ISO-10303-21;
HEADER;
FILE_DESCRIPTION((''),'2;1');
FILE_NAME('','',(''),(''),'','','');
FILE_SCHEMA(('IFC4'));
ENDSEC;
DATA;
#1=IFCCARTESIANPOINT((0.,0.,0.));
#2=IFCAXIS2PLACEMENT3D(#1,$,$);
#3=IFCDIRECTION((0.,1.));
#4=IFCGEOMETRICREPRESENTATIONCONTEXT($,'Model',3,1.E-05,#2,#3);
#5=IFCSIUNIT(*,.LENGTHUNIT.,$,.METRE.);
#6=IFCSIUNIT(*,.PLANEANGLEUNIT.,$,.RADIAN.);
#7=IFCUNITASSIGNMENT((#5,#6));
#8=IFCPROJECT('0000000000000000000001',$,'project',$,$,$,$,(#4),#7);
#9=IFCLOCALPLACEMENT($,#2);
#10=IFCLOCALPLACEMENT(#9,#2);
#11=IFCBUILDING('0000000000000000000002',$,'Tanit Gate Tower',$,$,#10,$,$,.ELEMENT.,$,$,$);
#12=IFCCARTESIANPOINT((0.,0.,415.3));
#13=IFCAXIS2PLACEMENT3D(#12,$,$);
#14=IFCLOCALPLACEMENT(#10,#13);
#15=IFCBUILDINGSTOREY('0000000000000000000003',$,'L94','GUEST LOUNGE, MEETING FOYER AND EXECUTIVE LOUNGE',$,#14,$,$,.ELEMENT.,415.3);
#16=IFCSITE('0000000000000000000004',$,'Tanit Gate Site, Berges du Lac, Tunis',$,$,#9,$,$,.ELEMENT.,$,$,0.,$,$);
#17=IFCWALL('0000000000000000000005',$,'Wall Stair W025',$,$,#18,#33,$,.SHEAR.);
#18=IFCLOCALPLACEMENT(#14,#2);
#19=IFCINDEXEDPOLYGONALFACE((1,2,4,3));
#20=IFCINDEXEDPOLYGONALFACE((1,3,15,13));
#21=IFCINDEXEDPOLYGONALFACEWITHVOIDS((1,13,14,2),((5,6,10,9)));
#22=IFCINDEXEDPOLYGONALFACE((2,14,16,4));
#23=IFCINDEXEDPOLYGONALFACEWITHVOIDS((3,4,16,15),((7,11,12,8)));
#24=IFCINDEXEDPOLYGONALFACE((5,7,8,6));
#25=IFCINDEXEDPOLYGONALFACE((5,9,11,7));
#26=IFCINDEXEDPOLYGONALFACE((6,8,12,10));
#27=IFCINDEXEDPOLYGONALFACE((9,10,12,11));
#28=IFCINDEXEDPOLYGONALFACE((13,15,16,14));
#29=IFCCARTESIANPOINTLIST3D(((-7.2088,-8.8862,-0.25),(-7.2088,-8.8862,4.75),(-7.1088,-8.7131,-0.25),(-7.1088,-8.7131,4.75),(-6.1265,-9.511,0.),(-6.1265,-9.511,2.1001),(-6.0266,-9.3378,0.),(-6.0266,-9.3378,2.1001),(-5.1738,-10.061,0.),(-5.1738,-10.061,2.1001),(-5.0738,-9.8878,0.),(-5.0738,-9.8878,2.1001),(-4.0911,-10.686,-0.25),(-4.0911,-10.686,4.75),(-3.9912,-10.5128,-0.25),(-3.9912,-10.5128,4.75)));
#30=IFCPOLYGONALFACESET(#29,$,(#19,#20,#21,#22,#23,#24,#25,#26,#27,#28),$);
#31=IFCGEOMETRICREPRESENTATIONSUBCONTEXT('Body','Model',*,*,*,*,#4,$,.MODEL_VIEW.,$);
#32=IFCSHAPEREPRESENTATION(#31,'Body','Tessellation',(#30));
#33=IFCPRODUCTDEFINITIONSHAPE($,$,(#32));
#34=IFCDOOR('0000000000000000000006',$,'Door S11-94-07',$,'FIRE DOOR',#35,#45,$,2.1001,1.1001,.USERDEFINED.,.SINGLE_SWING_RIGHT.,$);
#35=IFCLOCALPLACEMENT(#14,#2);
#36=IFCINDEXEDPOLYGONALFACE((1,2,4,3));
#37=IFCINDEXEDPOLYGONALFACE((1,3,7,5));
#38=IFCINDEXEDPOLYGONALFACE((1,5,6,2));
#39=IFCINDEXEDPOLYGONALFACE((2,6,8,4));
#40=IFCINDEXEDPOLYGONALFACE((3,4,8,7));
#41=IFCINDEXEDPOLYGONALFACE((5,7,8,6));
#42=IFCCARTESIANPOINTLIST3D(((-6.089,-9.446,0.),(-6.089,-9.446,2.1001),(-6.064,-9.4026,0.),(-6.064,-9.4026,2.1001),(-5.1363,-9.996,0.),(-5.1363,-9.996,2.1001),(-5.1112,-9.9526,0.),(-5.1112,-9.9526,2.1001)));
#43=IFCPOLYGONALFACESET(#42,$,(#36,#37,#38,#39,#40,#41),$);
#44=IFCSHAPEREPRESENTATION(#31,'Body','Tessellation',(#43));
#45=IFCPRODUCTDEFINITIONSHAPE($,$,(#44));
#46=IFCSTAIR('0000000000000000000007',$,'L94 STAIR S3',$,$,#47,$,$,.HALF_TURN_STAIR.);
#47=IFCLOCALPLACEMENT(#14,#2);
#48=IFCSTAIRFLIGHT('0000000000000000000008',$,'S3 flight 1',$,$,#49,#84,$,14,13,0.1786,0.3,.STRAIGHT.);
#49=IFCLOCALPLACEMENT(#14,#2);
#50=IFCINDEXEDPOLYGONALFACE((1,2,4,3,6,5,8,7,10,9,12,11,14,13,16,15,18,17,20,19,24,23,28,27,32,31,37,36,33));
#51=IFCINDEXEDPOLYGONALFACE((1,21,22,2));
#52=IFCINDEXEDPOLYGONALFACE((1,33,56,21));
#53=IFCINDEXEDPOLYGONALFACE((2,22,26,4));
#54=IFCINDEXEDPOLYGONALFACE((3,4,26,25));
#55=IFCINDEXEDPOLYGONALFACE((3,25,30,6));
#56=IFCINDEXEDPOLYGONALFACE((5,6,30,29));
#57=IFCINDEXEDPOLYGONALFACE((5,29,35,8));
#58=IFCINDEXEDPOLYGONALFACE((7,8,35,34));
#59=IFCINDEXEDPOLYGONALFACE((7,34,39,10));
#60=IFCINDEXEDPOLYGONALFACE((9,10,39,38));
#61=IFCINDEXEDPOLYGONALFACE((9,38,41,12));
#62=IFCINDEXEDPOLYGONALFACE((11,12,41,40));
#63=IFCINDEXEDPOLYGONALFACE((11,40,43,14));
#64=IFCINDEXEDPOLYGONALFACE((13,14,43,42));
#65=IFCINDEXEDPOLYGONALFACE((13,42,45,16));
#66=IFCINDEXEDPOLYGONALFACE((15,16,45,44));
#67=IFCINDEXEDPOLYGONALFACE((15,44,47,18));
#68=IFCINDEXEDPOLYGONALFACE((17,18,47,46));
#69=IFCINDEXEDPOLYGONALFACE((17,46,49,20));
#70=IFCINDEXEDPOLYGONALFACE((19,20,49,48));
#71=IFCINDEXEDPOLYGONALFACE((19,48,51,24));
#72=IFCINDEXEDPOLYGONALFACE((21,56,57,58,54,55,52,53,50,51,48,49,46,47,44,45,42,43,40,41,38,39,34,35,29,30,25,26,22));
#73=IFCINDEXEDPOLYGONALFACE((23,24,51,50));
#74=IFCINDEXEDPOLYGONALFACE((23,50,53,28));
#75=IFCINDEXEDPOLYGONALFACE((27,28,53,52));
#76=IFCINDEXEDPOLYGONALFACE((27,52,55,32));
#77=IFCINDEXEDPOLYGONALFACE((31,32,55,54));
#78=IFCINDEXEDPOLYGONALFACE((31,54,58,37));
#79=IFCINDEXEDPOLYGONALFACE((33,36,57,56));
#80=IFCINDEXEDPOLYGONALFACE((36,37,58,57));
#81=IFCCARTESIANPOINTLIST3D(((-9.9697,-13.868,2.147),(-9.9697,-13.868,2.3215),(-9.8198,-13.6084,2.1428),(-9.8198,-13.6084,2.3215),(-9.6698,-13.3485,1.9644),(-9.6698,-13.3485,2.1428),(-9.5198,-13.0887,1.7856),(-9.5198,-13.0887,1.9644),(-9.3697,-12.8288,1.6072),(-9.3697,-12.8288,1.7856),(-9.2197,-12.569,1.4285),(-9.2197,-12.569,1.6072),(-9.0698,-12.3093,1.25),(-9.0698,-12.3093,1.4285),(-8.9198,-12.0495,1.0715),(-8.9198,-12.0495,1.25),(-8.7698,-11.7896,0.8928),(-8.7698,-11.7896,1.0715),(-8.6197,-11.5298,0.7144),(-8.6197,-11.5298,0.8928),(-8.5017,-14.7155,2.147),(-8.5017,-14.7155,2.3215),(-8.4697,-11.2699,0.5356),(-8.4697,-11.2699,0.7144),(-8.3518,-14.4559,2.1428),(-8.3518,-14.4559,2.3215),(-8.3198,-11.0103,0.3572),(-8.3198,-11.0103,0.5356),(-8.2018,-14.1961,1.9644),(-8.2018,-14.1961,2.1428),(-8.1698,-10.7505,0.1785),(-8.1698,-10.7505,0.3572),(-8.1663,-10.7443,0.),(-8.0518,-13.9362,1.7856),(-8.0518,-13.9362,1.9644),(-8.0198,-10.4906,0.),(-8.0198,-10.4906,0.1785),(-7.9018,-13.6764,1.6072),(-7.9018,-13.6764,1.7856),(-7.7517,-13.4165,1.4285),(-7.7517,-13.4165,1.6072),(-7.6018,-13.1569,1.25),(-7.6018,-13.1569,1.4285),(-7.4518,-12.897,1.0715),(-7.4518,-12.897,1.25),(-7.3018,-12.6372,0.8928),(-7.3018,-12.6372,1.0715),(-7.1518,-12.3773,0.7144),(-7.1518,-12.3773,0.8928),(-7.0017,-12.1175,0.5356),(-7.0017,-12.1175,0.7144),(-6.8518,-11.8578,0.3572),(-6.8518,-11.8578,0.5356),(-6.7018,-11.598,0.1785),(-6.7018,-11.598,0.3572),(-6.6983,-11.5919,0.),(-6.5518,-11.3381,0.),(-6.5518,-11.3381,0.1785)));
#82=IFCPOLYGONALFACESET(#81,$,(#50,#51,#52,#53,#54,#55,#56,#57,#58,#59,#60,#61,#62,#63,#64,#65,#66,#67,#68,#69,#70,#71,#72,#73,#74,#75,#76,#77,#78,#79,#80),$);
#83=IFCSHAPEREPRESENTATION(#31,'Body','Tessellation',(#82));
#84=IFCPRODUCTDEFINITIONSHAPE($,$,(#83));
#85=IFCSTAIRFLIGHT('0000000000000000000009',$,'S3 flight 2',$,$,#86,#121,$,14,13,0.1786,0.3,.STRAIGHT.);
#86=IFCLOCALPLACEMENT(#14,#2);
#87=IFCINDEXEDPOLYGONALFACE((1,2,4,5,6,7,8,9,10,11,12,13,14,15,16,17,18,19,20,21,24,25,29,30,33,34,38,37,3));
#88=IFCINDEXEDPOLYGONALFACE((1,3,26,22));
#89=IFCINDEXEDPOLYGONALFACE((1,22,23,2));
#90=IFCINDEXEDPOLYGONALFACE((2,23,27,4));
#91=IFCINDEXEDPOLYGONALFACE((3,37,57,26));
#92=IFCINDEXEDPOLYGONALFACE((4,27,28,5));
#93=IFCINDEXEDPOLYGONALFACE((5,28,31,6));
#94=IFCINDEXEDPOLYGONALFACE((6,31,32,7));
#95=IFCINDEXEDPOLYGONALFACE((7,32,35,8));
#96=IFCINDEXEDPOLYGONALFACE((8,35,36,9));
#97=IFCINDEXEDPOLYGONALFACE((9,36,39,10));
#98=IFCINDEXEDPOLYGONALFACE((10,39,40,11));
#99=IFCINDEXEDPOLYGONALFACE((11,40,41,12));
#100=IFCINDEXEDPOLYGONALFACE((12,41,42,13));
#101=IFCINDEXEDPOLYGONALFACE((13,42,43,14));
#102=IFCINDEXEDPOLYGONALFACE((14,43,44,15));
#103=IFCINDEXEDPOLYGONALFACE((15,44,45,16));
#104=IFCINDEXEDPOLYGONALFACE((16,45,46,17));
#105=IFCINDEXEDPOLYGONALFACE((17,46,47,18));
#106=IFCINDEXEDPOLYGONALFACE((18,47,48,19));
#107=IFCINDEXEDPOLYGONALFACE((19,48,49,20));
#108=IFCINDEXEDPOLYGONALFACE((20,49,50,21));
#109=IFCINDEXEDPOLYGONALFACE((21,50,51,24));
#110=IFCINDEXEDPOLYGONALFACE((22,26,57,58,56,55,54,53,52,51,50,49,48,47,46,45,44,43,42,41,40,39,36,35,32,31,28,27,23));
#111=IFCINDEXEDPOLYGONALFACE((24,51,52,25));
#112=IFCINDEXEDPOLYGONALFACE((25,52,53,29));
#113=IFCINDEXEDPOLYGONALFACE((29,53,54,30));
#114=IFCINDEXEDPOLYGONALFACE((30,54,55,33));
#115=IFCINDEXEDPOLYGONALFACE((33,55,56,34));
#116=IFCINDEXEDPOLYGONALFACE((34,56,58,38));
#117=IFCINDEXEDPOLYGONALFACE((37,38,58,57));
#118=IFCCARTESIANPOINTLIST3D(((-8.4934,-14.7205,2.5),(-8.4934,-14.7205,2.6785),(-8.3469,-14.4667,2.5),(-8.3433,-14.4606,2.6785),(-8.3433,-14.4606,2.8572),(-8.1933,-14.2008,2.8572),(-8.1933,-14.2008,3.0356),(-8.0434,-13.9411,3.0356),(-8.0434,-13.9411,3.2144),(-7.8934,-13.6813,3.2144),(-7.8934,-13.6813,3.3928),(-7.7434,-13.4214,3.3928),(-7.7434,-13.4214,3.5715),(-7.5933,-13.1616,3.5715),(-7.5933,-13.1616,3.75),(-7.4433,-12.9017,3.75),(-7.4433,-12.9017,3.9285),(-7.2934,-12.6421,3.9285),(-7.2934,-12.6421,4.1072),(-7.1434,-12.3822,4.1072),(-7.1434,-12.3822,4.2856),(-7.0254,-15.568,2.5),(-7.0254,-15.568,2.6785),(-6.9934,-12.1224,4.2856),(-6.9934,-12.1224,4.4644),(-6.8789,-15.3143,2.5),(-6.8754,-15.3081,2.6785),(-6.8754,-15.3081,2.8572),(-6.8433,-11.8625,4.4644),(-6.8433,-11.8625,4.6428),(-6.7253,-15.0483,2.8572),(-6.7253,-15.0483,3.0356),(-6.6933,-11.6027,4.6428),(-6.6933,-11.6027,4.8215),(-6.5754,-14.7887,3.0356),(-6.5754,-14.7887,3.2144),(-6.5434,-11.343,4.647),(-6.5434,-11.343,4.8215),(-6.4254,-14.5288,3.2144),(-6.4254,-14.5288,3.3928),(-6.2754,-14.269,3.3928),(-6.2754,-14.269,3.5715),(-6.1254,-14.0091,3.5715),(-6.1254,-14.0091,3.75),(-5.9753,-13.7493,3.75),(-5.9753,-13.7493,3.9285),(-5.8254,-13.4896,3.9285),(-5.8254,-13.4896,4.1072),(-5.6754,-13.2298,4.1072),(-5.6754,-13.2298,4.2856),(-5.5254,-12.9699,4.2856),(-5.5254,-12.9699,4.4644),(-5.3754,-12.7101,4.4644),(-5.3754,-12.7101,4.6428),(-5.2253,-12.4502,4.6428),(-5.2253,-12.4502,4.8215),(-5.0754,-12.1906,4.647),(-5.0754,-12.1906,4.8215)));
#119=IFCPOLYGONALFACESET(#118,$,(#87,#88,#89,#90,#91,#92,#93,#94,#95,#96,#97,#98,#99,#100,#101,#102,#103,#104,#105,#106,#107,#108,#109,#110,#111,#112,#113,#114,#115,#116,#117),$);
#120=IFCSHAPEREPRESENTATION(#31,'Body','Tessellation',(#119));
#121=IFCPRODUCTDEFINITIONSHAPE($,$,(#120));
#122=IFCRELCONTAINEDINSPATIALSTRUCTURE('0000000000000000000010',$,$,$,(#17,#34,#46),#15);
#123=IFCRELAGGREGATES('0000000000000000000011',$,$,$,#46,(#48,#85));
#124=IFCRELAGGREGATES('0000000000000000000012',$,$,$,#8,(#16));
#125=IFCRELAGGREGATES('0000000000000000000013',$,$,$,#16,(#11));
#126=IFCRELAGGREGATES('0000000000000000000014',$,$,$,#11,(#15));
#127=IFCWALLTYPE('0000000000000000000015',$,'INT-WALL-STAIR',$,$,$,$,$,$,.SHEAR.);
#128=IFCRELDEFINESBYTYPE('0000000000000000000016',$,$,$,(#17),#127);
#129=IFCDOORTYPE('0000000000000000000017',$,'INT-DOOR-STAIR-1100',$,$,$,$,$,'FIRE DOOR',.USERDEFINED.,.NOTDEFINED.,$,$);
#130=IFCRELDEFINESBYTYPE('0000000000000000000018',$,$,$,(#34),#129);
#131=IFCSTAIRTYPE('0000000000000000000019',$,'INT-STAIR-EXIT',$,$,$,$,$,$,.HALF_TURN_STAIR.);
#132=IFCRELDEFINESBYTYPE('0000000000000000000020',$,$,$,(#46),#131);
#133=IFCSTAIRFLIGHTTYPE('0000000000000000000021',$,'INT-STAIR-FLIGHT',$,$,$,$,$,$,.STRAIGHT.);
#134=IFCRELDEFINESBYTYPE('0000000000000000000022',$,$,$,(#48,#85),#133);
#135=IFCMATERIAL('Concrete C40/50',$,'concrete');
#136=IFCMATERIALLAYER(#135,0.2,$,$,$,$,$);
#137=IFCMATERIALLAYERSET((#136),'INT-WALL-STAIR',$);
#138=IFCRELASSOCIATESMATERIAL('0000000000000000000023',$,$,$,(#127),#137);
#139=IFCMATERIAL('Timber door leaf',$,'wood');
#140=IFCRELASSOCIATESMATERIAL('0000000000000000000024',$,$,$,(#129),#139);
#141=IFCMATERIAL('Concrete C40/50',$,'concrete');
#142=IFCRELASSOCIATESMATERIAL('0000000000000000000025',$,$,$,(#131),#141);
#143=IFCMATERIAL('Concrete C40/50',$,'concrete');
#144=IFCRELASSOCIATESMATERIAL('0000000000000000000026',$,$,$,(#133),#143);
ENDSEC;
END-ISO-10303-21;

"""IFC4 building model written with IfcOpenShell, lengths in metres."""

from ifc_helpers import new_model, si_unit, direction, frame, frame_2d, origin, place, context, subcontext, project, spatial, polyline, rectangle, outline, extrude, material, layer, layer_set, type_object, element, fill, aggregate, save


model = new_model("IFC4")

# Units and contexts
model_context = context("Model", 3, precision=1e-05, world=origin(), true_north=direction((0.0, 1.0)))
body_context = subcontext(model_context, "Body", "Model", "MODEL_VIEW")
ifc_project = project(units=[si_unit("LENGTHUNIT", "METRE"), si_unit("PLANEANGLEUNIT", "RADIAN")], contexts=[model_context])

# Site, building, storey
site_placement = place(None, origin())
site = spatial("IfcSite", under=ifc_project, at=site_placement, Name="Tanit Gate Site, Berges du Lac, Tunis", CompositionType="ELEMENT", RefElevation=0.0)
building_placement = place(site_placement, origin())
building = spatial("IfcBuilding", under=site, at=building_placement, Name="Tanit Gate Tower", CompositionType="ELEMENT")
storey_placement = place(building_placement, frame((0.0, 0.0, 415.3)))
storey = spatial("IfcBuildingStorey", under=building, at=storey_placement, Name="L94", Description="GUEST LOUNGE, MEETING FOYER AND EXECUTIVE LOUNGE", CompositionType="ELEMENT", Elevation=415.3)

# Shared definitions
ifc_material_1 = material(Name="Concrete C40/50", Category="concrete")
ifc_layer_1 = layer(ifc_material_1, 0.2)
ifc_layer_set_1 = layer_set([ifc_layer_1], Name="INT-WALL-STAIR")
wall_type_1 = type_object("IfcWallType", Name="INT-WALL-STAIR", PredefinedType="SHEAR", material=ifc_layer_set_1)

# Wall, opening, door
wall_1_placement = place(storey_placement, frame((-4.0413, -10.5994, -0.25), z_axis=(0.0, 0.0, 1.0), x_axis=(-0.866048, 0.499961, 0.0)))
wall_1 = element("IfcWall", 1, at=wall_1_placement, inside=storey, type_object=wall_type_1, Name="Wall Stair W025", PredefinedType="SHEAR", context=body_context, shape_type="SweptSolid", body=[
    extrude(rectangle(XDim=3.5999, YDim=0.2, at=frame_2d((1.7998, 0.0))), origin(), (0.0, 0.0, 1.0), 5.0),
])
opening_1_placement = place(wall_1_placement, frame((1.25, 0.0, 0.25)))
opening_1 = element("IfcOpeningElement", 2, at=opening_1_placement, cuts=wall_1, PredefinedType="OPENING", context=body_context, shape_type="SweptSolid", body=[
    extrude(rectangle(XDim=1.1001, YDim=2.1001, at=frame_2d((0.55, 1.05))), frame((0.0, 0.1099, 0.0), z_axis=(0.0, -1.0, 0.0), x_axis=(1.0, 0.0, 0.0)), (0.0, 0.0, 1.0), 0.22),
])
ifc_material_2 = material(Name="Timber door leaf", Category="wood")
door_type_1 = type_object("IfcDoorType", Name="INT-DOOR-STAIR-1100", ElementType="FIRE DOOR", OperationType="NOTDEFINED", PredefinedType="USERDEFINED", material=ifc_material_2)
door_1_placement = place(opening_1_placement, origin())
door_1 = element("IfcDoor", 3, at=door_1_placement, inside=storey, type_object=door_type_1, Name="Door S11-94-07", ObjectType="FIRE DOOR", OperationType="SINGLE_SWING_RIGHT", OverallHeight=2.1001, OverallWidth=1.1001, PredefinedType="USERDEFINED", context=body_context, shape_type="SweptSolid", body=[
    extrude(rectangle(XDim=1.1001, YDim=2.1001, at=frame_2d((0.55, 1.05))), frame((0.0, 0.0249, 0.0), z_axis=(0.0, -1.0, 0.0), x_axis=(1.0, 0.0, 0.0)), (0.0, 0.0, 1.0), 0.05),
])
fill(opening_1, door_1)

# Stair, stair flights
ifc_material_3 = material(Name="Concrete C40/50", Category="concrete")
stair_type = type_object("IfcStairType", Name="INT-STAIR-EXIT", PredefinedType="HALF_TURN_STAIR", material=ifc_material_3)
stair_placement = place(storey_placement, origin())
stair = element("IfcStair", 4, at=stair_placement, inside=storey, type_object=stair_type, Name="L94 STAIR S3", PredefinedType="HALF_TURN_STAIR")
ifc_material_4 = material(Name="Concrete C40/50", Category="concrete")
stair_flight_type = type_object("IfcStairFlightType", Name="INT-STAIR-FLIGHT", PredefinedType="STRAIGHT", material=ifc_material_4)
stair_flight_1_placement = place(storey_placement, frame((-7.2859, -10.9143, 0.0), z_axis=(0.0, 0.0, 1.0), x_axis=(-0.5, -0.866025, 0.0)))
stair_flight_1 = element("IfcStairFlight", 5, at=stair_flight_1_placement, type_object=stair_flight_type, Name="S3 flight 1", NumberOfRisers=14, NumberOfTreads=13, PredefinedType="STRAIGHT", RiserHeight=0.1786, TreadLength=0.3, context=body_context, shape_type="SweptSolid", body=[
    extrude(outline(polyline([(0.0, 0.0), (0.0, 0.1785), (0.3, 0.1785), (0.3, 0.3572), (0.6001, 0.3572), (0.6001, 0.5356), (0.8999, 0.5356), (0.8999, 0.7144), (1.2, 0.7144), (1.2, 0.8928), (1.5, 0.8928), (1.5, 1.0715), (1.8, 1.0715), (1.8, 1.25), (2.1001, 1.25), (2.1001, 1.4285), (2.3999, 1.4285), (2.3999, 1.6072), (2.7, 1.6072), (2.7, 1.7856), (3.0, 1.7856), (3.0, 1.9644), (3.3, 1.9644), (3.3, 2.1428), (3.6001, 2.1428), (3.6001, 2.3215), (3.8999, 2.3215), (3.8999, 2.5), (3.8999, 2.147), (0.293, 0.0), (0.0, 0.0)])), frame((0.0, 0.8477, 0.0), z_axis=(0.0, -1.0, 0.0), x_axis=(1.0, 0.0, 0.0)), (0.0, 0.0, 1.0), 1.6951),
])
stair_flight_2_placement = place(storey_placement, frame((-7.7593, -15.1443, 2.5), z_axis=(0.0, 0.0, 1.0), x_axis=(0.5, 0.866025, 0.0)))
stair_flight_2 = element("IfcStairFlight", 6, at=stair_flight_2_placement, type_object=stair_flight_type, Name="S3 flight 2", NumberOfRisers=14, NumberOfTreads=13, PredefinedType="STRAIGHT", RiserHeight=0.1786, TreadLength=0.3, context=body_context, shape_type="SweptSolid", body=[
    extrude(outline(polyline([(0.0, 0.0), (0.0, 0.1785), (0.3, 0.1785), (0.3, 0.3572), (0.6001, 0.3572), (0.6001, 0.5356), (0.8999, 0.5356), (0.8999, 0.7144), (1.2, 0.7144), (1.2, 0.8928), (1.5, 0.8928), (1.5, 1.0715), (1.8, 1.0715), (1.8, 1.25), (2.1001, 1.25), (2.1001, 1.4285), (2.3999, 1.4285), (2.3999, 1.6072), (2.7, 1.6072), (2.7, 1.7856), (3.0, 1.7856), (3.0, 1.9644), (3.3, 1.9644), (3.3, 2.1428), (3.6001, 2.1428), (3.6001, 2.3215), (3.8999, 2.3215), (3.8999, 2.5), (3.8999, 2.147), (0.293, 0.0), (0.0, 0.0)])), frame((0.0, 0.8477, 0.0), z_axis=(0.0, -1.0, 0.0), x_axis=(1.0, 0.0, 0.0)), (0.0, 0.0, 1.0), 1.6951),
])
aggregate(stair, [stair_flight_1, stair_flight_2])

save(model, "model.ifc")
